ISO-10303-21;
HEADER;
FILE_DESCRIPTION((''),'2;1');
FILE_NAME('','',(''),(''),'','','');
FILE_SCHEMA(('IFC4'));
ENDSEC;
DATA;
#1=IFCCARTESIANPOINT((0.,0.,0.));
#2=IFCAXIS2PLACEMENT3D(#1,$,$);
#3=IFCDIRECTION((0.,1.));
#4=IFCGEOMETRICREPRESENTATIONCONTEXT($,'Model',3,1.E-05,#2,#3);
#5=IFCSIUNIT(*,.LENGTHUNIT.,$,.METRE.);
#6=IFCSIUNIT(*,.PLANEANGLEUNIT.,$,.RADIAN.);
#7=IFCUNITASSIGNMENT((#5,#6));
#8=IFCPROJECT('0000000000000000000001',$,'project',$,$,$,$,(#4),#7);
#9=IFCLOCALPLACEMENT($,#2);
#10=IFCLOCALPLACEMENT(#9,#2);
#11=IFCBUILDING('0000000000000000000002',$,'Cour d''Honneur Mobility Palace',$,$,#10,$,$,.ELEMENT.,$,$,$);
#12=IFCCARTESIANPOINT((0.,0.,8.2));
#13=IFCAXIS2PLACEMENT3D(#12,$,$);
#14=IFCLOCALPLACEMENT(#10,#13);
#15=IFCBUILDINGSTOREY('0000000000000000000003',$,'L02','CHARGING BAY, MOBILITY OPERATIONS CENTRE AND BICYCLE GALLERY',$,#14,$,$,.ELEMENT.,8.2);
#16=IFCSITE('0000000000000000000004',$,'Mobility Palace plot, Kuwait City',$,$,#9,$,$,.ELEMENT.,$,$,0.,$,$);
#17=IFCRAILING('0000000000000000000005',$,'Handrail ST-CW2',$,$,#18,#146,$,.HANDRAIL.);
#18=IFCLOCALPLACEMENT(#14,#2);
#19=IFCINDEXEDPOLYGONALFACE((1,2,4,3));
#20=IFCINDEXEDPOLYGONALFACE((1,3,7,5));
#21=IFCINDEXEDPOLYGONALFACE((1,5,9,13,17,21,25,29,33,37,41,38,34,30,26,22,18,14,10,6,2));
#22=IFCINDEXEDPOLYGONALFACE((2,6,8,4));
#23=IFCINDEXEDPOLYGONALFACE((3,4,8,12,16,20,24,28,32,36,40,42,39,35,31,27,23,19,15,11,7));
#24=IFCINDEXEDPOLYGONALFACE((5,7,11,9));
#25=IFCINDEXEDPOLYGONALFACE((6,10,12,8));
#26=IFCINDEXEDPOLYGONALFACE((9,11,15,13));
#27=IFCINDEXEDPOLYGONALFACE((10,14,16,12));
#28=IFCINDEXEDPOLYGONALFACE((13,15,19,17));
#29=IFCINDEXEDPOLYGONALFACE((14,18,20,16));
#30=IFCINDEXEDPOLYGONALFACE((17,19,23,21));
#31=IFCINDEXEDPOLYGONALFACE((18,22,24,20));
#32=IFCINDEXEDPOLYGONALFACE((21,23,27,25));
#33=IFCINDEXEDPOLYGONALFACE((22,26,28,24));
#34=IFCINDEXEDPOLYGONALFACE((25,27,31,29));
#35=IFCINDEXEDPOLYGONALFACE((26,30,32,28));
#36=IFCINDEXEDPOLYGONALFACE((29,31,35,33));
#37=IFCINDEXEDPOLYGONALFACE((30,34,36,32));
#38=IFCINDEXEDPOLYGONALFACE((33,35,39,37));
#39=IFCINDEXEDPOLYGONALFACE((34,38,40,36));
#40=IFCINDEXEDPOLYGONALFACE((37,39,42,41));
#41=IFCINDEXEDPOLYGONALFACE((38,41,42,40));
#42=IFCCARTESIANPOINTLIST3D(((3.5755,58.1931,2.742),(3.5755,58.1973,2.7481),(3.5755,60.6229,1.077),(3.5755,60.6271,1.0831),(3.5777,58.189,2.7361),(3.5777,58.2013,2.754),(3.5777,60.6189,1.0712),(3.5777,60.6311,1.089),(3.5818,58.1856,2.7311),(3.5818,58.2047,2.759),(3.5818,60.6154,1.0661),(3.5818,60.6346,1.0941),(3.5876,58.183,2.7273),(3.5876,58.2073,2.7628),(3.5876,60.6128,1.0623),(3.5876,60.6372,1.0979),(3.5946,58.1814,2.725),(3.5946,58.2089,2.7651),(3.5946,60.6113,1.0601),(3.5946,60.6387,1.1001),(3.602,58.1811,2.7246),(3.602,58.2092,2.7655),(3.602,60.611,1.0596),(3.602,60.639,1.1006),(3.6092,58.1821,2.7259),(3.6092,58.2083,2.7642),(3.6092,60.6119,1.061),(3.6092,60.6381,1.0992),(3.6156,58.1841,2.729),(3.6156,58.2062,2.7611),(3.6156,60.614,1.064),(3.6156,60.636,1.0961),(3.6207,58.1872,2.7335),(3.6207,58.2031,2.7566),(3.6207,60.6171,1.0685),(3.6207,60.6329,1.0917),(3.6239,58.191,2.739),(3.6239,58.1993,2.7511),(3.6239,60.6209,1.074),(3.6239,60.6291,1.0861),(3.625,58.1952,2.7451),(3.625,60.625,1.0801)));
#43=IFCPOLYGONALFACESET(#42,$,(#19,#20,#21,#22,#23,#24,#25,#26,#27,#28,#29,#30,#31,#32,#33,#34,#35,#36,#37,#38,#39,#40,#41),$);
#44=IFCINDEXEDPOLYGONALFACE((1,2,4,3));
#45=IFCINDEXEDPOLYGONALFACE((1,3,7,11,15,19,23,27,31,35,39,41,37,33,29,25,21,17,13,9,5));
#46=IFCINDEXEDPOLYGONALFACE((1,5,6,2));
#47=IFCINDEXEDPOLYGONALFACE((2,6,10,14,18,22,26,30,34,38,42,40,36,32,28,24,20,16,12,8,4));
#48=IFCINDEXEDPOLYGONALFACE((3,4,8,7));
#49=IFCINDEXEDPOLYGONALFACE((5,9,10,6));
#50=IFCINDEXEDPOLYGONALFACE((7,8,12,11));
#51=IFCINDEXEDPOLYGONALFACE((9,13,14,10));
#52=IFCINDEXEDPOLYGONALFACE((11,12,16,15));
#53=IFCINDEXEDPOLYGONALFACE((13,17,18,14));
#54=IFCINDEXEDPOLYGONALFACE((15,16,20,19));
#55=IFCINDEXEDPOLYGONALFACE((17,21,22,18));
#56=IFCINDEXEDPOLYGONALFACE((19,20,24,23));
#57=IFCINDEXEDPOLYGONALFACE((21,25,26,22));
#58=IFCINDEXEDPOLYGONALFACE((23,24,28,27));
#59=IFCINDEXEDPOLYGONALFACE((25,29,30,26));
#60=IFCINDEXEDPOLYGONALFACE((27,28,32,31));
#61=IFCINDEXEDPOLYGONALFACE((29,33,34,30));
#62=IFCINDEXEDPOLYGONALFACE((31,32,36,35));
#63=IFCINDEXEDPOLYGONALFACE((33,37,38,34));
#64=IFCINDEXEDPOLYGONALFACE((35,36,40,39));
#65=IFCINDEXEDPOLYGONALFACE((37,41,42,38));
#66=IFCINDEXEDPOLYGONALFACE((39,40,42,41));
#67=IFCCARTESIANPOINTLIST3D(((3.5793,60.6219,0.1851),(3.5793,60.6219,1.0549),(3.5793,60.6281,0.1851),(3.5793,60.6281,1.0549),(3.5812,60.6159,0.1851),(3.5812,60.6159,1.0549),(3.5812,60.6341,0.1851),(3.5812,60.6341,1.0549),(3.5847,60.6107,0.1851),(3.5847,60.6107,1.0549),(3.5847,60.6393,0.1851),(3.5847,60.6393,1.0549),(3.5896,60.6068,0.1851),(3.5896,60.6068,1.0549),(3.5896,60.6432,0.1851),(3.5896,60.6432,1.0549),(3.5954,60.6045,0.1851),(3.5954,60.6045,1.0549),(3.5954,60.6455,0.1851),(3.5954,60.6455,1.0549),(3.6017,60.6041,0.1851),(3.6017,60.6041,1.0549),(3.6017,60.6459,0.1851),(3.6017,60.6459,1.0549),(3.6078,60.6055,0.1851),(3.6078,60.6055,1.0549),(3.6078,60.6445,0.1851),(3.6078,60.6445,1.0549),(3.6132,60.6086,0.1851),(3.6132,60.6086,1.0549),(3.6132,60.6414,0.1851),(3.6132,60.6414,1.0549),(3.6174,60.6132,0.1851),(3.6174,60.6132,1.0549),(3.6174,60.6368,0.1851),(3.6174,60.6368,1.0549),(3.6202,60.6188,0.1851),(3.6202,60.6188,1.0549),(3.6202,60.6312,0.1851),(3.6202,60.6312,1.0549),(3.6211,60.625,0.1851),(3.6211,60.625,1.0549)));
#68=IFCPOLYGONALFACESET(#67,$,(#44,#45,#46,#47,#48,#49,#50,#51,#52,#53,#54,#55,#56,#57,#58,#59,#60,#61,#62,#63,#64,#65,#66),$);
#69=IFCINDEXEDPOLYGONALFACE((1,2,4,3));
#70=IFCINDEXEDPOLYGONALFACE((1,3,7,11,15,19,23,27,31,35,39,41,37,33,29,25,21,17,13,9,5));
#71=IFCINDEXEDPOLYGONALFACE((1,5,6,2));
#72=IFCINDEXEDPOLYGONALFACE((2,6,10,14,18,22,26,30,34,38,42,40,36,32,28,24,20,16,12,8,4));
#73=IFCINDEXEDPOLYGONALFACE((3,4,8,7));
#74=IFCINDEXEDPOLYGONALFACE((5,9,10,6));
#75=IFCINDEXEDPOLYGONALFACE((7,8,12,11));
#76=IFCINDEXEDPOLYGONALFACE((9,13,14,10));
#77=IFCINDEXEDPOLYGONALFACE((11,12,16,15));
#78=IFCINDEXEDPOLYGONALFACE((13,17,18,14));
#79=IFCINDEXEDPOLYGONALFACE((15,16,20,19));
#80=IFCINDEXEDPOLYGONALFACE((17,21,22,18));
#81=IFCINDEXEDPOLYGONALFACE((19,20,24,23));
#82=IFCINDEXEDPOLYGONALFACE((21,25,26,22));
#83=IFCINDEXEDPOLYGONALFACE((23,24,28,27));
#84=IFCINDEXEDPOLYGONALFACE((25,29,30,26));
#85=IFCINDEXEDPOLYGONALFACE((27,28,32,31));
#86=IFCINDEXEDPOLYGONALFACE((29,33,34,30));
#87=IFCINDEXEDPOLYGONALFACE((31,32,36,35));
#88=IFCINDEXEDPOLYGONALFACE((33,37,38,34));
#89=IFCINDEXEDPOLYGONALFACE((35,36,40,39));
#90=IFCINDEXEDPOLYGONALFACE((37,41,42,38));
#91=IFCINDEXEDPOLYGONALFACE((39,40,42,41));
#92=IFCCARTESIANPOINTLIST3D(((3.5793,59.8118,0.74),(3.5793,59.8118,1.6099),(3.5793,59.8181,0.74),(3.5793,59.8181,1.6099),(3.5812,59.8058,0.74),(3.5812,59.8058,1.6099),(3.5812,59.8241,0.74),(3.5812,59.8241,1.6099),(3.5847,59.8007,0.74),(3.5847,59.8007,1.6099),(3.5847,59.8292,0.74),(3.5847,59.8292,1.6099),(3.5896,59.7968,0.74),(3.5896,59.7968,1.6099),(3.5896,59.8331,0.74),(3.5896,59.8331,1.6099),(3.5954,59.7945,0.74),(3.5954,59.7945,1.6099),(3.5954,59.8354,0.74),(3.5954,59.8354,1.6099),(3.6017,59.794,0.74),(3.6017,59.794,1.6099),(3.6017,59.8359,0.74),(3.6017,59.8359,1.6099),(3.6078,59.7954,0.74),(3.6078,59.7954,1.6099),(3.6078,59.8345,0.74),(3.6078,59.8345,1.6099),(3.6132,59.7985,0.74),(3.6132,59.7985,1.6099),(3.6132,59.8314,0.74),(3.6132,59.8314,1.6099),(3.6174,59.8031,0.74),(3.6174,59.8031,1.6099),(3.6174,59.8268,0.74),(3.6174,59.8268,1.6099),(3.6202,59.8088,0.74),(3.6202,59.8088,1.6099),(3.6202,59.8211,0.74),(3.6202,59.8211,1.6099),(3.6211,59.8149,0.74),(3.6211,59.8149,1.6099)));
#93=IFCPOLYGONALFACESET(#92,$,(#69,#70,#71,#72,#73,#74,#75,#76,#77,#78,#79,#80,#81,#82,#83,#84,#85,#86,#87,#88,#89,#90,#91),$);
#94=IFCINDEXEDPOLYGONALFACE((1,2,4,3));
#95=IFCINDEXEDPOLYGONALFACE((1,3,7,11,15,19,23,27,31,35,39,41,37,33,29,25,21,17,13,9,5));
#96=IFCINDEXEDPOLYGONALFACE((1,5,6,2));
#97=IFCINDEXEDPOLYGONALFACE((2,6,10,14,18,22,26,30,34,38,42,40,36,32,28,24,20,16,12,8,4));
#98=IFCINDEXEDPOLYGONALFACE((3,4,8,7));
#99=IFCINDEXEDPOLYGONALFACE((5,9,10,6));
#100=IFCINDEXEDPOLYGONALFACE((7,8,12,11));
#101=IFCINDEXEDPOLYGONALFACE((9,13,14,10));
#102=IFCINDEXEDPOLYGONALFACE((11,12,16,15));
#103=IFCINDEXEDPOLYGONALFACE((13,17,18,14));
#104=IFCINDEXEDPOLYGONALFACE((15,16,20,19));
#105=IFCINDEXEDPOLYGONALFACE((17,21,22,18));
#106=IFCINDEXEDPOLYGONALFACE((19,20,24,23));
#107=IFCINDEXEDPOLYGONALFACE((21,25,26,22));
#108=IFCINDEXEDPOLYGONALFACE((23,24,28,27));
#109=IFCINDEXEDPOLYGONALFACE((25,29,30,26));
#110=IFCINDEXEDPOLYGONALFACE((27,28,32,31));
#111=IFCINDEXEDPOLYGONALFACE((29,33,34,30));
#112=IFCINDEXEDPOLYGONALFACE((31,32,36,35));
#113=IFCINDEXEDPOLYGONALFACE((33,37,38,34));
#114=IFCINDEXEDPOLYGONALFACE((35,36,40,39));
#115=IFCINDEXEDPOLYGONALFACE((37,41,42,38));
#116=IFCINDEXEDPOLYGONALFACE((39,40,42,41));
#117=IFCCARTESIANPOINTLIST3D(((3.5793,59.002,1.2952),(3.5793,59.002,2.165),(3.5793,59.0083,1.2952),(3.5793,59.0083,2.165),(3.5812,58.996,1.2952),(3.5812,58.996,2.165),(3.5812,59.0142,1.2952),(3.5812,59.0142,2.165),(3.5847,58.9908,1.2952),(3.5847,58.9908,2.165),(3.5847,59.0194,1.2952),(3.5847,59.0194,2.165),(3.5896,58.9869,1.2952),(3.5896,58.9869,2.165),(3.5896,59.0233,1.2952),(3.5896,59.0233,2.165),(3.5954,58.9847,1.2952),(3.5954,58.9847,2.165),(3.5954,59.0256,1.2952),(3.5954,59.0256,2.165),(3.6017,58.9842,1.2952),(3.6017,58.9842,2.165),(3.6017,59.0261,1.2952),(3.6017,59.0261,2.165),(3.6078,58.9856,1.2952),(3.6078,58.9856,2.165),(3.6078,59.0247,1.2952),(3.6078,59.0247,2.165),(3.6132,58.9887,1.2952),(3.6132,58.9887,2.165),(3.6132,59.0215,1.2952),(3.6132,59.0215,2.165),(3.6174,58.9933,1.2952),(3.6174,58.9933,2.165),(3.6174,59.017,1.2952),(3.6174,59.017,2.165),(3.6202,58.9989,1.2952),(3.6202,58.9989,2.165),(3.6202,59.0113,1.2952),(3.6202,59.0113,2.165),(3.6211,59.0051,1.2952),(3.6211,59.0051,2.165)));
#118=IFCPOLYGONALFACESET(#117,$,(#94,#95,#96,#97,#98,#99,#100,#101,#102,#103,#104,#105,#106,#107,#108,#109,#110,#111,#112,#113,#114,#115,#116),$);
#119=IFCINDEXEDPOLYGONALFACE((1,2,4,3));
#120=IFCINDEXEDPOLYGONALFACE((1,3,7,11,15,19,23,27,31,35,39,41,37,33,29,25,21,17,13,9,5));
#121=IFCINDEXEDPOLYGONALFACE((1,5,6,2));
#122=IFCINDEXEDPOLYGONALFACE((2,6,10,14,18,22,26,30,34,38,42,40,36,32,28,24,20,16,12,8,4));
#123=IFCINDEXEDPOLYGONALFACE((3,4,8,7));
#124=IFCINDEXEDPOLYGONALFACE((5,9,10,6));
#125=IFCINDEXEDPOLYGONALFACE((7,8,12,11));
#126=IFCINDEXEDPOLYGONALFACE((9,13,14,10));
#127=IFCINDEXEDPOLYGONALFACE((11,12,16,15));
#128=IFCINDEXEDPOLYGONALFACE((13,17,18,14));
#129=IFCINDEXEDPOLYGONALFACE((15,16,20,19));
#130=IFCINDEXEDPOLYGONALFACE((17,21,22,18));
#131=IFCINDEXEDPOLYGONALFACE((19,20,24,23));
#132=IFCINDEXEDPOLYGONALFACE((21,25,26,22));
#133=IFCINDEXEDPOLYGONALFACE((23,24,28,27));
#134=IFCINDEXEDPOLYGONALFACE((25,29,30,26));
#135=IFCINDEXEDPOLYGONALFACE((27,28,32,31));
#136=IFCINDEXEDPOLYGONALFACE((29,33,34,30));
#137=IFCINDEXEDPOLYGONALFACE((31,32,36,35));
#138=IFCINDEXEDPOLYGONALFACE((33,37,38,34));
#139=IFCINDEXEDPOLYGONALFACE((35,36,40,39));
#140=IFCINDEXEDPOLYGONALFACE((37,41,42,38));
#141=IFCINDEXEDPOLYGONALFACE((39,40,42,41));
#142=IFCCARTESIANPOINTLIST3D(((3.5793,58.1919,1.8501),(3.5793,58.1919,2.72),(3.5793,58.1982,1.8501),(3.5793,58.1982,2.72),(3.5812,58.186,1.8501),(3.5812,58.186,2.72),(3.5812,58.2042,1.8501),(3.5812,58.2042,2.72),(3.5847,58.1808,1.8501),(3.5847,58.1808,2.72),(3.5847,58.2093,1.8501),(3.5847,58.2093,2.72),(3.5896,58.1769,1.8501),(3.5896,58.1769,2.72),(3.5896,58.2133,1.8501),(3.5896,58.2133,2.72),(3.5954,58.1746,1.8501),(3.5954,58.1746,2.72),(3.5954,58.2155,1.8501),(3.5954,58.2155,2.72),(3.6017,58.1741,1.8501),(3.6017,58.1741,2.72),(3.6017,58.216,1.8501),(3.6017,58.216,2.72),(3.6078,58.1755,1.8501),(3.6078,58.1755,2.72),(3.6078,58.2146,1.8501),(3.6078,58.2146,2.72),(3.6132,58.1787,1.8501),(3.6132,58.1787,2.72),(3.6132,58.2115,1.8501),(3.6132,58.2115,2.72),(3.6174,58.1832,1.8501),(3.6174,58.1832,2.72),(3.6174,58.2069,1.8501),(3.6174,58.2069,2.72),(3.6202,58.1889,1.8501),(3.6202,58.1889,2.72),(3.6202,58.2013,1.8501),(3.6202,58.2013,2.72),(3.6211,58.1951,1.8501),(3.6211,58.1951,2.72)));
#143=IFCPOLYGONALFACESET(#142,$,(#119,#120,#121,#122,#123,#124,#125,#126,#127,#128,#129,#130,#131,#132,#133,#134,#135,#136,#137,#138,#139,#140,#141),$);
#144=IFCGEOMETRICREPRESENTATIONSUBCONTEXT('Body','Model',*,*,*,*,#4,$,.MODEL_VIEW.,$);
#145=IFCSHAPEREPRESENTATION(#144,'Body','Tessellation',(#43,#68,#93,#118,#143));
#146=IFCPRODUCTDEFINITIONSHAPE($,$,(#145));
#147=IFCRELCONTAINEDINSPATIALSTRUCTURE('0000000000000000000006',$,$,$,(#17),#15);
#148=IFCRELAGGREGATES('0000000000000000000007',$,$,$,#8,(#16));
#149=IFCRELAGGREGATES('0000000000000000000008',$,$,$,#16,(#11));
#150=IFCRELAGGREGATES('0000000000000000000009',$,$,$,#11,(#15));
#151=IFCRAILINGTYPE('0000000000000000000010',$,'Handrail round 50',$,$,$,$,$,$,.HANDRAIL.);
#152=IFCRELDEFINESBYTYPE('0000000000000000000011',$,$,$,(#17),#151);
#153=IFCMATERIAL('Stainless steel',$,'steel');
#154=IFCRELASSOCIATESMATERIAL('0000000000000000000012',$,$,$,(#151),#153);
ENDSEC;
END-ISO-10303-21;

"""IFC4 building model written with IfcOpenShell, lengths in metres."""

from ifc_helpers import new_model, si_unit, direction, frame, origin, origin_2d, place, context, subcontext, project, spatial, circle, extrude, material, type_object, element, save


model = new_model("IFC4")

# Units and contexts
model_context = context("Model", 3, precision=1e-05, world=origin(), true_north=direction((0.0, 1.0)))
body_context = subcontext(model_context, "Body", "Model", "MODEL_VIEW")
ifc_project = project(units=[si_unit("LENGTHUNIT", "METRE"), si_unit("PLANEANGLEUNIT", "RADIAN")], contexts=[model_context])

# Site, building, storey
site_placement = place(None, origin())
site = spatial("IfcSite", under=ifc_project, at=site_placement, Name="Mobility Palace plot, Kuwait City", CompositionType="ELEMENT", RefElevation=0.0)
building_placement = place(site_placement, origin())
building = spatial("IfcBuilding", under=site, at=building_placement, Name="Cour d'Honneur Mobility Palace", CompositionType="ELEMENT")
storey_placement = place(building_placement, frame((0.0, 0.0, 8.2)))
storey = spatial("IfcBuildingStorey", under=building, at=storey_placement, Name="L02", Description="CHARGING BAY, MOBILITY OPERATIONS CENTRE AND BICYCLE GALLERY", CompositionType="ELEMENT", Elevation=8.2)

# Railing
ifc_material_1 = material(Name="Stainless steel", Category="steel")
railing_type_1 = type_object("IfcRailingType", Name="Handrail round 50", PredefinedType="HANDRAIL", material=ifc_material_1)
railing_1_placement = place(storey_placement, frame((3.6001, 60.625, 0.1851)))
element("IfcRailing", 1, at=railing_1_placement, inside=storey, type_object=railing_type_1, Name="Handrail ST-CW2", PredefinedType="HANDRAIL", context=body_context, shape_type="SweptSolid", body=[
    extrude(circle(Radius=0.0249, at=origin_2d()), frame((0.0, 0.0, 0.895), z_axis=(0.0, -0.824919, 0.565251), x_axis=(1.0, 0.0, 0.0)), (0.0, 0.0, 1.0), 2.9456),
    extrude(circle(Radius=0.021, at=origin_2d()), origin(), (0.0, 0.0, 1.0), 0.8699),
    extrude(circle(Radius=0.021, at=origin_2d()), frame((0.0, -0.8101, 0.5549)), (0.0, 0.0, 1.0), 0.8699),
    extrude(circle(Radius=0.021, at=origin_2d()), frame((0.0, -1.6199, 1.1101)), (0.0, 0.0, 1.0), 0.8699),
    extrude(circle(Radius=0.021, at=origin_2d()), frame((0.0, -2.4299, 1.665)), (0.0, 0.0, 1.0), 0.8699),
])

save(model, "model.ifc")
